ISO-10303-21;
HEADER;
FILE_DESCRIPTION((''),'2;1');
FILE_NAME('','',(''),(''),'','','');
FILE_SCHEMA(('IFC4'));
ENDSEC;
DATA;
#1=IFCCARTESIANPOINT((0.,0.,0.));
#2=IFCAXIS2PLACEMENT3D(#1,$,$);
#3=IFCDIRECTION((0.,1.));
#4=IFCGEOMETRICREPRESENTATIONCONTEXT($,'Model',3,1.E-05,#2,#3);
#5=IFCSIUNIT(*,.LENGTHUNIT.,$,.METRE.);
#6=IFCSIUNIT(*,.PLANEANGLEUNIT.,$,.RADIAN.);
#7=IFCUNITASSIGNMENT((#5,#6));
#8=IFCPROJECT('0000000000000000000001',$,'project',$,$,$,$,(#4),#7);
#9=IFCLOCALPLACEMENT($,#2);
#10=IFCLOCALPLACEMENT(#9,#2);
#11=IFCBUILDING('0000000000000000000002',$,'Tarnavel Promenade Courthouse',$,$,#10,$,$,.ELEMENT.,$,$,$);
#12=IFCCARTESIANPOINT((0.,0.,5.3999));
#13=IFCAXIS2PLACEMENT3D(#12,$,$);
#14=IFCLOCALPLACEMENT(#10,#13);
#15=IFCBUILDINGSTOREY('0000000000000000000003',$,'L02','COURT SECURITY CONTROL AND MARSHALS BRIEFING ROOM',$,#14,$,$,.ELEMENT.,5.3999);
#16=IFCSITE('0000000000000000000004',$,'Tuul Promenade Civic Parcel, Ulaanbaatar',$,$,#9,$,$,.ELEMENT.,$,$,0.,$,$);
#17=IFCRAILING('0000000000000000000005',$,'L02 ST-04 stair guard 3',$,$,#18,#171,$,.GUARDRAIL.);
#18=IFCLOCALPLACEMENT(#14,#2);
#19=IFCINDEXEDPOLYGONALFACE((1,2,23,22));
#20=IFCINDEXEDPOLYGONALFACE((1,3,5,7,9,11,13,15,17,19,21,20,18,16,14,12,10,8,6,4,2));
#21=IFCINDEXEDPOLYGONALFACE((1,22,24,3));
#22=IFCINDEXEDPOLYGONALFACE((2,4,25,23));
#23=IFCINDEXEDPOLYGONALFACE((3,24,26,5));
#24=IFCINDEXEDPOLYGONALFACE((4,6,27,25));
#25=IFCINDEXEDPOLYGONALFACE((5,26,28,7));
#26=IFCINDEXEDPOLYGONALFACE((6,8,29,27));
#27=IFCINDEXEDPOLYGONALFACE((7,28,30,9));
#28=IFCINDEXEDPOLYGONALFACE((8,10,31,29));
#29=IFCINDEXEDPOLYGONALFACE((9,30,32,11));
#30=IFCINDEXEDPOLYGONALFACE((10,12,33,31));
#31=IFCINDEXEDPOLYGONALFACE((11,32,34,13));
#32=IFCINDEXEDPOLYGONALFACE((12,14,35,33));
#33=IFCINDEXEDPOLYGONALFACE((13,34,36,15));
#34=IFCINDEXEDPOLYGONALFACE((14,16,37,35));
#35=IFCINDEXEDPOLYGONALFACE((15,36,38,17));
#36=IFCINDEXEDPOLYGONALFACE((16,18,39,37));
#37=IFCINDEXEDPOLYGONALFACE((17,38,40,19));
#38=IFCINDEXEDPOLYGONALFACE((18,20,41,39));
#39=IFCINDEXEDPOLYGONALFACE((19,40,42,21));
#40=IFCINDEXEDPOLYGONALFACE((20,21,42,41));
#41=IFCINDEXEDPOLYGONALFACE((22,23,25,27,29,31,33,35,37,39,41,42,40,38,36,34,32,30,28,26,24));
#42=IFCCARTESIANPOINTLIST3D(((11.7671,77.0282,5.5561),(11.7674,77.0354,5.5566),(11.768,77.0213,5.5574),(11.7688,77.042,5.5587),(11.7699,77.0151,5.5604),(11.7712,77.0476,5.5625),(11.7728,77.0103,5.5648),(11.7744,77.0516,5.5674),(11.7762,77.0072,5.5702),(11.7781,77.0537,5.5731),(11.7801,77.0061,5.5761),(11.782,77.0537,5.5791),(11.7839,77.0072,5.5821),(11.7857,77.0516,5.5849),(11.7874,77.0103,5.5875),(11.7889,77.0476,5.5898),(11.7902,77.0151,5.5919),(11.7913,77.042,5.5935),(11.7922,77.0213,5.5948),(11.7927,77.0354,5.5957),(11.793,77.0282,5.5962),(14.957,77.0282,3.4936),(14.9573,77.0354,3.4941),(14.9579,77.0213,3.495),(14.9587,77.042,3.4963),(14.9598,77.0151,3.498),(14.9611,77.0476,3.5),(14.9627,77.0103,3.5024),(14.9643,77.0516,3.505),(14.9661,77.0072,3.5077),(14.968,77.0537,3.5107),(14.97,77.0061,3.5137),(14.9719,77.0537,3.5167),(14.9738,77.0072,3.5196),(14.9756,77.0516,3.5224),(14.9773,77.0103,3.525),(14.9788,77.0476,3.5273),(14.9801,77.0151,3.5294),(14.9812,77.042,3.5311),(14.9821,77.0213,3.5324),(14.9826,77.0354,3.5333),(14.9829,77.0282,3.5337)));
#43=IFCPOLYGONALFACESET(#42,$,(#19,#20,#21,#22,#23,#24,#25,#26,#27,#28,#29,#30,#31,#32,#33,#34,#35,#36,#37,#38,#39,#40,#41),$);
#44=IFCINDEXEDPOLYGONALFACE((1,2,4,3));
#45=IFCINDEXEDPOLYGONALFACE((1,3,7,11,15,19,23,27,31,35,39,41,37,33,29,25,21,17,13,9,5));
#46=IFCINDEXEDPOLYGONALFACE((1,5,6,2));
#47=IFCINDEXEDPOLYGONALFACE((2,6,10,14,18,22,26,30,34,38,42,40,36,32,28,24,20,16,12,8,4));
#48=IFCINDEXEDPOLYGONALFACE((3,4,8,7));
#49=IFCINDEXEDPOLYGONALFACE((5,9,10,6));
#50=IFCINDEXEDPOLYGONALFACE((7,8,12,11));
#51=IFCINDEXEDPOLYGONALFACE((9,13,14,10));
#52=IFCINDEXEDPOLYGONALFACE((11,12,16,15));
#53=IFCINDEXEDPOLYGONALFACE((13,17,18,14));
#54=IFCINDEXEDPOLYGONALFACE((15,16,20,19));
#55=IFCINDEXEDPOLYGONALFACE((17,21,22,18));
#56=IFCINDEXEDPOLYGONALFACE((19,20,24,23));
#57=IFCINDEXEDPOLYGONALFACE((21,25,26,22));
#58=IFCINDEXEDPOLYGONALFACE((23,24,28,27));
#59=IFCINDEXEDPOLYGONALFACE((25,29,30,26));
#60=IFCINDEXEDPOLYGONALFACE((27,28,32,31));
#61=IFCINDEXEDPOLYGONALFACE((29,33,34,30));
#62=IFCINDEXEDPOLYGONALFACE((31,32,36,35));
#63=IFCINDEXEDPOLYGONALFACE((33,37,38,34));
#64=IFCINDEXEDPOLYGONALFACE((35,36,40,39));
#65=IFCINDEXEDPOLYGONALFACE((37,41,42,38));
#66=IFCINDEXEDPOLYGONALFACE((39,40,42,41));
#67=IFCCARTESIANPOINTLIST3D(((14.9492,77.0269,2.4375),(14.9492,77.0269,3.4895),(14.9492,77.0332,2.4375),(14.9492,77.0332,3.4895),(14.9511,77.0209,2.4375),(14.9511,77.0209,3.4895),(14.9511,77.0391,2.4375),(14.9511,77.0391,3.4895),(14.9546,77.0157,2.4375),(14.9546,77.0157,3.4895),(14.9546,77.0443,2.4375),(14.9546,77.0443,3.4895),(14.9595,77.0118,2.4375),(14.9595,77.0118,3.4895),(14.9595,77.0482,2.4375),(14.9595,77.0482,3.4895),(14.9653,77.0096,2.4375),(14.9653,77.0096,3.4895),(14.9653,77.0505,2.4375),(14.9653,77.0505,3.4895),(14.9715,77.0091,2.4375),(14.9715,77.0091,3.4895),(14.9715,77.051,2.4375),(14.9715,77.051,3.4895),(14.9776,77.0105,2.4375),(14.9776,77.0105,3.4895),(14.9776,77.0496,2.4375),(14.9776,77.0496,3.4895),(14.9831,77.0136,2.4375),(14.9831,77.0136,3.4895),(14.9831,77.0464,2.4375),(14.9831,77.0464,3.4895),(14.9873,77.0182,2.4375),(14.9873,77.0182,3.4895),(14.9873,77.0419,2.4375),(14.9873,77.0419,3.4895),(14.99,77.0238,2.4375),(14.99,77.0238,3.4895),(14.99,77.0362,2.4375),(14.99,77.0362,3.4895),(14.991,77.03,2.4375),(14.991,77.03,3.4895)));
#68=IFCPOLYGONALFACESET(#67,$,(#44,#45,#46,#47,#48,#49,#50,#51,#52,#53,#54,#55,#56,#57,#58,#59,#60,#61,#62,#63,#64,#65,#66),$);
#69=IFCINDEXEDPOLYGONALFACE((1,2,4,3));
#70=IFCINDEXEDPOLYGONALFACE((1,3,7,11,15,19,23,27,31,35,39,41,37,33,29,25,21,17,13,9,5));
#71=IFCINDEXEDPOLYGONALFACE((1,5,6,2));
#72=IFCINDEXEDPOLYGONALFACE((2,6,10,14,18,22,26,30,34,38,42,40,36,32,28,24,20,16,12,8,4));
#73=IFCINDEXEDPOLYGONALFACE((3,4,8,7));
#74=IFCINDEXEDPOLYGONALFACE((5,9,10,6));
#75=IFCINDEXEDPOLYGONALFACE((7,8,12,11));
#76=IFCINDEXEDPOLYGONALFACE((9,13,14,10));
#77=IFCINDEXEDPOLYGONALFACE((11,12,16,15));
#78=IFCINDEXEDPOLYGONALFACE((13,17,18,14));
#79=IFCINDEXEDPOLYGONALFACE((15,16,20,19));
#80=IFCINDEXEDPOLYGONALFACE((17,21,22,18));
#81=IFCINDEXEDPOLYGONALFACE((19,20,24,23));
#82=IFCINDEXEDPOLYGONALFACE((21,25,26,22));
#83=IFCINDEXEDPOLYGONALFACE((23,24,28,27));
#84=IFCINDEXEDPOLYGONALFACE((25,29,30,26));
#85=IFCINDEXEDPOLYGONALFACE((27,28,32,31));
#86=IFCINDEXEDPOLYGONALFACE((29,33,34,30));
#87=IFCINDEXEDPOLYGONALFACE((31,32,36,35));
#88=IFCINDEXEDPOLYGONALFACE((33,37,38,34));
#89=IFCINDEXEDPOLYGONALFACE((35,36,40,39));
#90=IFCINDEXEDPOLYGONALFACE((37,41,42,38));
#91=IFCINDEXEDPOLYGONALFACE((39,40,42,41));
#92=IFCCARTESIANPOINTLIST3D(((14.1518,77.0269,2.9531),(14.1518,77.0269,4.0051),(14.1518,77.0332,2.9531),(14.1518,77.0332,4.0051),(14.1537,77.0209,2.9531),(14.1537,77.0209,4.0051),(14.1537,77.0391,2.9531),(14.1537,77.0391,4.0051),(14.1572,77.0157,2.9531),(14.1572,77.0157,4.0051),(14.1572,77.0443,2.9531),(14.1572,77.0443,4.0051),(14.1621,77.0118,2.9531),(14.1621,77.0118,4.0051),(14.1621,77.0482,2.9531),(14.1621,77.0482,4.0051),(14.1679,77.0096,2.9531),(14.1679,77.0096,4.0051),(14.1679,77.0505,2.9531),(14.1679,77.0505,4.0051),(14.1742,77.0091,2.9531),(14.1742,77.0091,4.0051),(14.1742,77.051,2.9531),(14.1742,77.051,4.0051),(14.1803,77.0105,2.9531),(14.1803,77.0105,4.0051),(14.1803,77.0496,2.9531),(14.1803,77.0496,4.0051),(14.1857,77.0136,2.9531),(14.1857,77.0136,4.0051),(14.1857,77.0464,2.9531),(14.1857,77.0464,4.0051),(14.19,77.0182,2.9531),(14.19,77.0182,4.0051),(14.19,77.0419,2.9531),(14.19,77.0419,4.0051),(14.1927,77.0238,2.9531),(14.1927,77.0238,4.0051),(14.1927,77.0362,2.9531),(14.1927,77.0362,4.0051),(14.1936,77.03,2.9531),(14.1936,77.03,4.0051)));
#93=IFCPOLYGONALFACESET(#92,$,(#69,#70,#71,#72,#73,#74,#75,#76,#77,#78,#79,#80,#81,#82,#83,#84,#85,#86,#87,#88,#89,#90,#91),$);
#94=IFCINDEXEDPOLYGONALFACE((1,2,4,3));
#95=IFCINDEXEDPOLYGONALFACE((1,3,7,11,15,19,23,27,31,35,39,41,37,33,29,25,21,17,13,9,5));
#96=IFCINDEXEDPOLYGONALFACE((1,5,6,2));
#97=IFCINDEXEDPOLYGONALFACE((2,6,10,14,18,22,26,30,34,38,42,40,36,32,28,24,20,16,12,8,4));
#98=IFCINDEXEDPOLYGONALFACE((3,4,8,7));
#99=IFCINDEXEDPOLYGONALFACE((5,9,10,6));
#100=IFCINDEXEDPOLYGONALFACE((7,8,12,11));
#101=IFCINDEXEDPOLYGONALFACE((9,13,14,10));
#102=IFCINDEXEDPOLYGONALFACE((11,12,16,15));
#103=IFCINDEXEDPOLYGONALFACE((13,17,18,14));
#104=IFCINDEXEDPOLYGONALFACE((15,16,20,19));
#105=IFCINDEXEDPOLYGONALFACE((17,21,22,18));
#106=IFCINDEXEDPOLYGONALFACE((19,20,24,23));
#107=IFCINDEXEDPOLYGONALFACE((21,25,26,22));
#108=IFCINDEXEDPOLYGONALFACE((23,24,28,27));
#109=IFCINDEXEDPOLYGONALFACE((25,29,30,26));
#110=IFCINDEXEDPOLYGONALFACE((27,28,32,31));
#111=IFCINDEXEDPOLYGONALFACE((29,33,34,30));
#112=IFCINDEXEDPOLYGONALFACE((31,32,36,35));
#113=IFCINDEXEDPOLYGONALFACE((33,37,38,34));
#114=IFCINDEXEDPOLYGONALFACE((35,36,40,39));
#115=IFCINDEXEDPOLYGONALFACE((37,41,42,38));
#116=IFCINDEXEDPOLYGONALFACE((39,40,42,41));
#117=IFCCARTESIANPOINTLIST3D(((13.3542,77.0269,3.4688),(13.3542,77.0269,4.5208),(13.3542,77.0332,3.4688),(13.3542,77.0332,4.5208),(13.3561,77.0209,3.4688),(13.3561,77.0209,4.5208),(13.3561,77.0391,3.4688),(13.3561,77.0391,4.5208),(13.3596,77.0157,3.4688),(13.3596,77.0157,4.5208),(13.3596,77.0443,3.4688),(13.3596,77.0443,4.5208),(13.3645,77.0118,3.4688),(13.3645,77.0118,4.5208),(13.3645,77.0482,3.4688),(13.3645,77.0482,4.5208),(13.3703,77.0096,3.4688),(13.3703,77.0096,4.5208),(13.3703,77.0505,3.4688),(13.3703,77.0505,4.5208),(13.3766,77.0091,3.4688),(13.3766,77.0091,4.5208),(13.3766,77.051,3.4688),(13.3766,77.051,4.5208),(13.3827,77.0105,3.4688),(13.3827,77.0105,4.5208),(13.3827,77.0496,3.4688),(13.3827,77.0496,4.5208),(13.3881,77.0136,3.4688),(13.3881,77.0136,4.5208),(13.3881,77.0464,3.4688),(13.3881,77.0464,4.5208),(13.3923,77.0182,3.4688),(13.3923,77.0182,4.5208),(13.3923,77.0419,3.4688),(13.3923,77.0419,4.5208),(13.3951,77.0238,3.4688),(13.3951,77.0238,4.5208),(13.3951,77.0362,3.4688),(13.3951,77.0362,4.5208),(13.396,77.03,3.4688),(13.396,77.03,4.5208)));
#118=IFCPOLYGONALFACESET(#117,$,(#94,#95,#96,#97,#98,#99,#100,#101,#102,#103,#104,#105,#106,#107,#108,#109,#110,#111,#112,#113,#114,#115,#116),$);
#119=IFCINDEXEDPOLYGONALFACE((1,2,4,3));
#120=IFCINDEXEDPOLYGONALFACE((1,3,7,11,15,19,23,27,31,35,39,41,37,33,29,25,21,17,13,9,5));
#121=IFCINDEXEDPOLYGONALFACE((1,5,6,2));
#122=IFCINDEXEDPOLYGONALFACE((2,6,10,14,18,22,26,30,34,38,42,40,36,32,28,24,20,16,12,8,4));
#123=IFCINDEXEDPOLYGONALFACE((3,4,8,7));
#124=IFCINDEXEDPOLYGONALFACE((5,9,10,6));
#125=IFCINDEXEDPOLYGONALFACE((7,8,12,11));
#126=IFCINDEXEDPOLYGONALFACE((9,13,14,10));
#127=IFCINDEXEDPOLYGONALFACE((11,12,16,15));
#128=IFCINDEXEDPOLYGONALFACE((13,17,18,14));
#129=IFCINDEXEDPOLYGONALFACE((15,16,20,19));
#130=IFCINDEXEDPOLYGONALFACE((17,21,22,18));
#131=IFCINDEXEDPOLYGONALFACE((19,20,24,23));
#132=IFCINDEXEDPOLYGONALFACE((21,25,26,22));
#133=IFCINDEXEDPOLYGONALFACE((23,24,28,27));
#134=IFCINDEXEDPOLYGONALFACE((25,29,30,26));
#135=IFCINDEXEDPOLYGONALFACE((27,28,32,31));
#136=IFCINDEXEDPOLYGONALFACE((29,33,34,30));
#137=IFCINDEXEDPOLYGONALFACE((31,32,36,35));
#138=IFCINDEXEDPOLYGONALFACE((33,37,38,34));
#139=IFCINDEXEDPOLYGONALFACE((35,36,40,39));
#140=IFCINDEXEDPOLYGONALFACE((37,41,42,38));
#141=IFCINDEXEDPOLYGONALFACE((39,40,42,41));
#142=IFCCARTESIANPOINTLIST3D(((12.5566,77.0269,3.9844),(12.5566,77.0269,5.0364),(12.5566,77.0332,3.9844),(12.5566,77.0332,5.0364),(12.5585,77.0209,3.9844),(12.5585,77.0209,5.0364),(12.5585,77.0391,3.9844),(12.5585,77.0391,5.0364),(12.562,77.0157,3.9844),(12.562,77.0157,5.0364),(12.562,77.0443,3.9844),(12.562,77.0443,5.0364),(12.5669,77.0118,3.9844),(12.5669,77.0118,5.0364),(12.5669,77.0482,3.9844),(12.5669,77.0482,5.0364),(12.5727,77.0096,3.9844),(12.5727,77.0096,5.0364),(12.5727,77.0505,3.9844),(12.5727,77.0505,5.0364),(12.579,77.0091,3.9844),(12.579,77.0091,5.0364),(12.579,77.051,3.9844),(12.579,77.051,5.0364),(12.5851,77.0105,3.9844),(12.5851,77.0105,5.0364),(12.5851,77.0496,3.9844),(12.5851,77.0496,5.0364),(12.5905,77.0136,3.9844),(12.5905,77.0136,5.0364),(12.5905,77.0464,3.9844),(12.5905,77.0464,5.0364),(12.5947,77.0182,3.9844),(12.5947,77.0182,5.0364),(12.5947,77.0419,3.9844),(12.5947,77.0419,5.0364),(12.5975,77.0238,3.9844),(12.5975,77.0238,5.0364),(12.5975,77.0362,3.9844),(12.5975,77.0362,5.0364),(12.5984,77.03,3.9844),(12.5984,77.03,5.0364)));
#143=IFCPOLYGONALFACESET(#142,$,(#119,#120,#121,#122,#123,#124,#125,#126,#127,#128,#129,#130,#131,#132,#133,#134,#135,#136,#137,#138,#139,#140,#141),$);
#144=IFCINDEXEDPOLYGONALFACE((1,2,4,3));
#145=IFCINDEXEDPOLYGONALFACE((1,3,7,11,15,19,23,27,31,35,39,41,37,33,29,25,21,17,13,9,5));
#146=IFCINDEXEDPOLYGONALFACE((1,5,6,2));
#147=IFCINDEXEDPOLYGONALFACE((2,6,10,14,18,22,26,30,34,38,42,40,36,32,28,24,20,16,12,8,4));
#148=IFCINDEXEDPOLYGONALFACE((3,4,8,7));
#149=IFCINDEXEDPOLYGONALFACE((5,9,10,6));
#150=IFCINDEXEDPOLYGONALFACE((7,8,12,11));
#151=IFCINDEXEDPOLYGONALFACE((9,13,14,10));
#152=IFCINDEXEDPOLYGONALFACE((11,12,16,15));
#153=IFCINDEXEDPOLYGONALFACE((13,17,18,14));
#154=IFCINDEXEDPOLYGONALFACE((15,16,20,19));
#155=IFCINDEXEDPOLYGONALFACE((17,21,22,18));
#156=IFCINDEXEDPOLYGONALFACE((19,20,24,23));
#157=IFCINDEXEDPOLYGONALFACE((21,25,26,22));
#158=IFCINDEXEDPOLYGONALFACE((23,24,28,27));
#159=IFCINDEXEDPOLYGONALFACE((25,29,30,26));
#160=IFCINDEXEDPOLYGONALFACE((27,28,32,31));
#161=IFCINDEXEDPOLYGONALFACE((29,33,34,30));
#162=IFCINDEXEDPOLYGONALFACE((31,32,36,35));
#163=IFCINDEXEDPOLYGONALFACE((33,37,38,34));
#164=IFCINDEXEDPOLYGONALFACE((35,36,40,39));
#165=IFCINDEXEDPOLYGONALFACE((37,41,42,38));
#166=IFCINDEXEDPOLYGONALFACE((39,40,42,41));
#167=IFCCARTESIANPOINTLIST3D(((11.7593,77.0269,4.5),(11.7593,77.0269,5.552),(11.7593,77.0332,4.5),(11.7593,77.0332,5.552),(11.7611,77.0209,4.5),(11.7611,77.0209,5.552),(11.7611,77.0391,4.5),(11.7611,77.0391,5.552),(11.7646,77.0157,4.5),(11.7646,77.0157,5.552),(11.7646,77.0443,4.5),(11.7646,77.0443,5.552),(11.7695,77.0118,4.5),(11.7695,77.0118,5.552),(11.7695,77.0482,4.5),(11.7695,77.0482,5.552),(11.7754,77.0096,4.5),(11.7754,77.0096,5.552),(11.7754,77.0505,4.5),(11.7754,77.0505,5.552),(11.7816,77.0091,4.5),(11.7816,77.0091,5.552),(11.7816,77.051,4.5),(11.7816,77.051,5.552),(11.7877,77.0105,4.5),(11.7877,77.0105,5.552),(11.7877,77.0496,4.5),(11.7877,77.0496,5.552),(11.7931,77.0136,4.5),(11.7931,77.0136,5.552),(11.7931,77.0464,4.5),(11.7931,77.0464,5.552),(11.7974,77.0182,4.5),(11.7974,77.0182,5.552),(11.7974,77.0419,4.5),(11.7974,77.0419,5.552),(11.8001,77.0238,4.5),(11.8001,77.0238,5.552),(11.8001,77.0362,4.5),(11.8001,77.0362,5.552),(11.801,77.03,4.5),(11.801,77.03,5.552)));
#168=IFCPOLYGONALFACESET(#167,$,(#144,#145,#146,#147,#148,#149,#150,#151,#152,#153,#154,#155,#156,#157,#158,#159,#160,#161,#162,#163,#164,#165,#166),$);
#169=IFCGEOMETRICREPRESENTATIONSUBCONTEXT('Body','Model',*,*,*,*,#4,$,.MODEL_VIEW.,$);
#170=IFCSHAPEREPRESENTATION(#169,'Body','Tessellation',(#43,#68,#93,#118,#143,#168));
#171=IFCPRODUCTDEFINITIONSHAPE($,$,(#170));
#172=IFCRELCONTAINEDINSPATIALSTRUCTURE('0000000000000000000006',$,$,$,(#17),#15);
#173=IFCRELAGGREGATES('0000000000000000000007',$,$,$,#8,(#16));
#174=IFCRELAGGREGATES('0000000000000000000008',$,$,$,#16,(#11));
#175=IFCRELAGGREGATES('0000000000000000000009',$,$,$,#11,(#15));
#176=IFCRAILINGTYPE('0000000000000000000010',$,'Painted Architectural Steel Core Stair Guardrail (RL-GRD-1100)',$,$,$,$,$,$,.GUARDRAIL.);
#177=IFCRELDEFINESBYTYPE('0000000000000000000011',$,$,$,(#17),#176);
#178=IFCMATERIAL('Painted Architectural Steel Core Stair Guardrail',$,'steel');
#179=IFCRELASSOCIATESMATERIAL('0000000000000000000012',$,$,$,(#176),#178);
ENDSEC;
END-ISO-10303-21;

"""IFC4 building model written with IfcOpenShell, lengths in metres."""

from ifc_helpers import new_model, si_unit, direction, frame, origin, origin_2d, place, context, subcontext, project, spatial, circle, extrude, material, type_object, element, save


model = new_model("IFC4")

# Units and contexts
model_context = context("Model", 3, precision=1e-05, world=origin(), true_north=direction((0.0, 1.0)))
body_context = subcontext(model_context, "Body", "Model", "MODEL_VIEW")
ifc_project = project(units=[si_unit("LENGTHUNIT", "METRE"), si_unit("PLANEANGLEUNIT", "RADIAN")], contexts=[model_context])

# Site, building, storey
site_placement = place(None, origin())
site = spatial("IfcSite", under=ifc_project, at=site_placement, Name="Tuul Promenade Civic Parcel, Ulaanbaatar", CompositionType="ELEMENT", RefElevation=0.0)
building_placement = place(site_placement, origin())
building = spatial("IfcBuilding", under=site, at=building_placement, Name="Tarnavel Promenade Courthouse", CompositionType="ELEMENT")
storey_placement = place(building_placement, frame((0.0, 0.0, 5.3999)))
storey = spatial("IfcBuildingStorey", under=building, at=storey_placement, Name="L02", Description="COURT SECURITY CONTROL AND MARSHALS BRIEFING ROOM", CompositionType="ELEMENT", Elevation=5.3999)

# Railing
ifc_material_1 = material(Name="Painted Architectural Steel Core Stair Guardrail", Category="steel")
railing_type_1 = type_object("IfcRailingType", Name="Painted Architectural Steel Core Stair Guardrail (RL-GRD-1100)", PredefinedType="GUARDRAIL", material=ifc_material_1)
railing_1_placement = place(storey_placement, frame((14.97, 77.03, 2.4375)))
element("IfcRailing", 1, at=railing_1_placement, inside=storey, type_object=railing_type_1, Name="L02 ST-04 stair guard 3", PredefinedType="GUARDRAIL", context=body_context, shape_type="SweptSolid", body=[
    extrude(circle(Radius=0.0239, at=origin_2d()), frame((0.0, 0.0, 1.0762), z_axis=(-0.83976, 0.0, 0.542958), x_axis=(0.0, -1.0, 0.0)), (0.0, 0.0, 1.0), 3.7986),
    extrude(circle(Radius=0.021, at=origin_2d()), origin(), (0.0, 0.0, 1.0), 1.052),
    extrude(circle(Radius=0.021, at=origin_2d()), frame((-0.7974, 0.0, 0.5156)), (0.0, 0.0, 1.0), 1.052),
    extrude(circle(Radius=0.021, at=origin_2d()), frame((-1.595, 0.0, 1.0312)), (0.0, 0.0, 1.0), 1.052),
    extrude(circle(Radius=0.021, at=origin_2d()), frame((-2.3926, 0.0, 1.5469)), (0.0, 0.0, 1.0), 1.052),
    extrude(circle(Radius=0.021, at=origin_2d()), frame((-3.1899, 0.0, 2.0625)), (0.0, 0.0, 1.0), 1.052),
])

save(model, "model.ifc")
